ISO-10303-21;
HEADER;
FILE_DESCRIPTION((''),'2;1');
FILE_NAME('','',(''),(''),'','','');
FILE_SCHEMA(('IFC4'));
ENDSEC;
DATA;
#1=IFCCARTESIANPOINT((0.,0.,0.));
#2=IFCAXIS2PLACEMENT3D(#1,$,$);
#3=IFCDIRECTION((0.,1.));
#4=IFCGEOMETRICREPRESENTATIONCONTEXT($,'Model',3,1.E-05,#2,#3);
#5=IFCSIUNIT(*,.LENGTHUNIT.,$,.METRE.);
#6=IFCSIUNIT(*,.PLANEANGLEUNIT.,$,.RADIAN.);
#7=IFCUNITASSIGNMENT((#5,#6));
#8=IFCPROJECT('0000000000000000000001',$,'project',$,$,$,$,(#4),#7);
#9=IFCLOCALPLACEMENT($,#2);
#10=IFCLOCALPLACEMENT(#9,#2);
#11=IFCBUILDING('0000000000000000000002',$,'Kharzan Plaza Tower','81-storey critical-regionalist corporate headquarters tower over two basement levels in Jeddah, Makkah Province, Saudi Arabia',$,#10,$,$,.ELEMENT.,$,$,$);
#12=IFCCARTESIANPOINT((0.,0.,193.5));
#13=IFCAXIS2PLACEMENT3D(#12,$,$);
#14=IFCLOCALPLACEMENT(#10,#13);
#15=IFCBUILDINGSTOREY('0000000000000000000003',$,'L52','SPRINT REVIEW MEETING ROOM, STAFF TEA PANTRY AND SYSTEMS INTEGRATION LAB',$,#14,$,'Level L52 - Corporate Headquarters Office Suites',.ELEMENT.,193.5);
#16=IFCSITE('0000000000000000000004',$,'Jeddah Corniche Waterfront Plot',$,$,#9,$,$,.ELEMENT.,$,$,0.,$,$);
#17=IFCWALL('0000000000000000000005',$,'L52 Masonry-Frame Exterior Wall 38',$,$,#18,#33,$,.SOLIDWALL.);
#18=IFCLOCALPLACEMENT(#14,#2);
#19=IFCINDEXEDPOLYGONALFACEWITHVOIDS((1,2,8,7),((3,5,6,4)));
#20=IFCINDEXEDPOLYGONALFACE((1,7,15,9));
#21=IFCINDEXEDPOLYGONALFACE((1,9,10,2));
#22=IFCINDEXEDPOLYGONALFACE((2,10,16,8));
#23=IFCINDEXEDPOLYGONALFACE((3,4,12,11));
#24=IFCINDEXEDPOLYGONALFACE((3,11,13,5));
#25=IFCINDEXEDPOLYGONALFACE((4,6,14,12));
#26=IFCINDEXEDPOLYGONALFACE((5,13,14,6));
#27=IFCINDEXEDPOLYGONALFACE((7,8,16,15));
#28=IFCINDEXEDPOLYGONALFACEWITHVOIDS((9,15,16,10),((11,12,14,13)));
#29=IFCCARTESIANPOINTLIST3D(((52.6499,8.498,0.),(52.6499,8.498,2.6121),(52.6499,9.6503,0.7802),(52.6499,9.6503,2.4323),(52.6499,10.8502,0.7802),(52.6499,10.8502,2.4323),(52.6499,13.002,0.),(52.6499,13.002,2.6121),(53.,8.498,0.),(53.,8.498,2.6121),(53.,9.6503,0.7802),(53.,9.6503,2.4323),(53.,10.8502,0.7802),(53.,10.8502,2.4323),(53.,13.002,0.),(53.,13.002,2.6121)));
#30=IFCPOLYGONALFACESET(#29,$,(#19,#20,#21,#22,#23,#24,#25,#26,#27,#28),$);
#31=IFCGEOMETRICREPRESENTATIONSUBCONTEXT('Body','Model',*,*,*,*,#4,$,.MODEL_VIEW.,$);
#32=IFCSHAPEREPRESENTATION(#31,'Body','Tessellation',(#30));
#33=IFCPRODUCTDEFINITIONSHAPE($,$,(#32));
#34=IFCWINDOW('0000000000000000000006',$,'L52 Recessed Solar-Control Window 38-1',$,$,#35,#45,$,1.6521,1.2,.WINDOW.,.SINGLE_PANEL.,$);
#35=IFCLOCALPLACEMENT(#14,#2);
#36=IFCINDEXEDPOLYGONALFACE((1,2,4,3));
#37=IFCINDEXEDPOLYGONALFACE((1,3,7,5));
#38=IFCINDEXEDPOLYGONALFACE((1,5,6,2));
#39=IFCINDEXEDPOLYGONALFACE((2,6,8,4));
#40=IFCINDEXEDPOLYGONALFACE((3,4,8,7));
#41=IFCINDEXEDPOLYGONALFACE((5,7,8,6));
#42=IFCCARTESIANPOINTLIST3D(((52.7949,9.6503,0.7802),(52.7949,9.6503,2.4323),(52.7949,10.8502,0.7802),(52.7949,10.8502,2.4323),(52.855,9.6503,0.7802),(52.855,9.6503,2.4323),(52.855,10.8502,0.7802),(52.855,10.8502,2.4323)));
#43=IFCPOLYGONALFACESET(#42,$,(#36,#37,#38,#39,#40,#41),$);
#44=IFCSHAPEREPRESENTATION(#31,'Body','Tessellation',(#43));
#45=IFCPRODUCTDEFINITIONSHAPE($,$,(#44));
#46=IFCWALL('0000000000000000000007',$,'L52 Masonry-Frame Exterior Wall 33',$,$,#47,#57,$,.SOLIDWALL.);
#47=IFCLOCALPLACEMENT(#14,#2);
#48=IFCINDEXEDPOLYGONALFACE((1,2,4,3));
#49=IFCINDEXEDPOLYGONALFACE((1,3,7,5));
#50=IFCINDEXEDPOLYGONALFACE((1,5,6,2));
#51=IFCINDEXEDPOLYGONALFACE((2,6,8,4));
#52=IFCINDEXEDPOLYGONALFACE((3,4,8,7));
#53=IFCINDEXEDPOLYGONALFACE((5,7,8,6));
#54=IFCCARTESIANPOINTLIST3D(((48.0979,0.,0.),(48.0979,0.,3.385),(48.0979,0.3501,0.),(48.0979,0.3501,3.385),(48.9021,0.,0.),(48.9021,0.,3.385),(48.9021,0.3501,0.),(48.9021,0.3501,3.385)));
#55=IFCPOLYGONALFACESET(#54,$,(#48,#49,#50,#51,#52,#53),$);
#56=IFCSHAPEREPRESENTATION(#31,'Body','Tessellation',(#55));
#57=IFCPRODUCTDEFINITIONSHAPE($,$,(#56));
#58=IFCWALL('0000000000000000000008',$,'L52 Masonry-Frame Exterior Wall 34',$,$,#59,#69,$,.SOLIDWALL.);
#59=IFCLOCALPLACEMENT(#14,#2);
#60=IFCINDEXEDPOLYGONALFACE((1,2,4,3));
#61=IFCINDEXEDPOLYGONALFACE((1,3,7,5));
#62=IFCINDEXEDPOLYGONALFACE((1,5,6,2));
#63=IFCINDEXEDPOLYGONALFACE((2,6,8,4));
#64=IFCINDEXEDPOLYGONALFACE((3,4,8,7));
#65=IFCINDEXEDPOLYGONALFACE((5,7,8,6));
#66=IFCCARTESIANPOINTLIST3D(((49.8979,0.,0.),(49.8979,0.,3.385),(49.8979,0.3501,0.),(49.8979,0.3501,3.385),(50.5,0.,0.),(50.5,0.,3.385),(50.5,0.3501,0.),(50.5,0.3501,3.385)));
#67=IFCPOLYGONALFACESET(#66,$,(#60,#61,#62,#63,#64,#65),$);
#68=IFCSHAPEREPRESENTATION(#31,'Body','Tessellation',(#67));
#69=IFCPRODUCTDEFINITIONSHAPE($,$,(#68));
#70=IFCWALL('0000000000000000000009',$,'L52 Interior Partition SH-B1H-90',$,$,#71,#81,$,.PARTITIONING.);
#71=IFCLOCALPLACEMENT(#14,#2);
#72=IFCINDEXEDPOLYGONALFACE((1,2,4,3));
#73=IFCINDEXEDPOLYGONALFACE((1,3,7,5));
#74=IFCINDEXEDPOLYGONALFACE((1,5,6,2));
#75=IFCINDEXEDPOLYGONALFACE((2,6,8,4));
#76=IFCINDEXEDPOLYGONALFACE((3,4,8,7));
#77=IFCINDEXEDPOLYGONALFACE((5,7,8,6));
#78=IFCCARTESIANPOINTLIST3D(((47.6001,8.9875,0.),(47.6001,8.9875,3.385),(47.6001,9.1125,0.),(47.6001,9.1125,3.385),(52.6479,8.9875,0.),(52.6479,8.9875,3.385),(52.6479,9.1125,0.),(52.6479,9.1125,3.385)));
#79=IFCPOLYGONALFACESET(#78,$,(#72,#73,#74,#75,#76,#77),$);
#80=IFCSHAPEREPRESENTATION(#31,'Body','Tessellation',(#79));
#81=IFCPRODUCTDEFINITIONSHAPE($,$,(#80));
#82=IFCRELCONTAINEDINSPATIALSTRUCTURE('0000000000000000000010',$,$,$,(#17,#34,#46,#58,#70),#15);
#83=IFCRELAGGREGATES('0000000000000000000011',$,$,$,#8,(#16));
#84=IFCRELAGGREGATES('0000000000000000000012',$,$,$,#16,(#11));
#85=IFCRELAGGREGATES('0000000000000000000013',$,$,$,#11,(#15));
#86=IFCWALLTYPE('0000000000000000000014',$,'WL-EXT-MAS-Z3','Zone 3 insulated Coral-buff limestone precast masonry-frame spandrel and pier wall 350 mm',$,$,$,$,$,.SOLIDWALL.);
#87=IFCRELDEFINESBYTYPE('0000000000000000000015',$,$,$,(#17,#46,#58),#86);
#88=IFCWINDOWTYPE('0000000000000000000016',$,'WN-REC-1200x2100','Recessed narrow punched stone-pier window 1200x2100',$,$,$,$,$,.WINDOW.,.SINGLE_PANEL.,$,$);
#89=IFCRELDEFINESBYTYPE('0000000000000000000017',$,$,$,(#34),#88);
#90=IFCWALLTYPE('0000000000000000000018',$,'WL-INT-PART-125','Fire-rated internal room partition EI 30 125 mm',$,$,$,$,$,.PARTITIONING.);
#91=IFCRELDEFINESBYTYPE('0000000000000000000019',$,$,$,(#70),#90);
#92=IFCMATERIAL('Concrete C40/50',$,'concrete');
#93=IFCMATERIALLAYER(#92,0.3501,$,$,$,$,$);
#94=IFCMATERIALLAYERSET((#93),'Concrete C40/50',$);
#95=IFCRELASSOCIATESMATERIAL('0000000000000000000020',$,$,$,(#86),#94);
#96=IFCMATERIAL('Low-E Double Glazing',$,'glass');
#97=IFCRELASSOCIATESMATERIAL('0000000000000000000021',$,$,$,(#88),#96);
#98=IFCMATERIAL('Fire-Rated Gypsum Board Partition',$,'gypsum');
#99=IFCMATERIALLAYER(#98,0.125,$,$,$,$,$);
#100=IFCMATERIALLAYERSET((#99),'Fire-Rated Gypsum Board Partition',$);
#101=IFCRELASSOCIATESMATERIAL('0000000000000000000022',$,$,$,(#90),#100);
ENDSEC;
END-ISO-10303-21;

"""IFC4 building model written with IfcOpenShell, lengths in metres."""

from ifc_helpers import new_model, si_unit, direction, frame, frame_2d, origin, place, context, subcontext, project, spatial, rectangle, extrude, source, transform, mapped, material, layer, layer_set, type_object, element, fill, save


model = new_model("IFC4")

# Units and contexts
model_context = context("Model", 3, precision=1e-05, world=origin(), true_north=direction((0.0, 1.0)))
body_context = subcontext(model_context, "Body", "Model", "MODEL_VIEW")
ifc_project = project(units=[si_unit("LENGTHUNIT", "METRE"), si_unit("PLANEANGLEUNIT", "RADIAN")], contexts=[model_context])

# Site, building, storey
site_placement = place(None, origin())
site = spatial("IfcSite", under=ifc_project, at=site_placement, Name="Jeddah Corniche Waterfront Plot", CompositionType="ELEMENT", RefElevation=0.0)
building_placement = place(site_placement, origin())
building = spatial("IfcBuilding", under=site, at=building_placement, Name="Kharzan Plaza Tower", Description="81-storey critical-regionalist corporate headquarters tower over two basement levels in Jeddah, Makkah Province, Saudi Arabia", CompositionType="ELEMENT")
storey_placement = place(building_placement, frame((0.0, 0.0, 193.5)))
storey = spatial("IfcBuildingStorey", under=building, at=storey_placement, Name="L52", Description="SPRINT REVIEW MEETING ROOM, STAFF TEA PANTRY AND SYSTEMS INTEGRATION LAB", LongName="Level L52 - Corporate Headquarters Office Suites", CompositionType="ELEMENT", Elevation=193.5)

# Wall, opening, window
ifc_material_1 = material(Name="Concrete C40/50", Category="concrete")
ifc_layer_1 = layer(ifc_material_1, 0.3501)
ifc_layer_set_1 = layer_set([ifc_layer_1], Name="Concrete C40/50")
wall_type_1 = type_object("IfcWallType", Name="WL-EXT-MAS-Z3", Description="Zone 3 insulated Coral-buff limestone precast masonry-frame spandrel and pier wall 350 mm", PredefinedType="SOLIDWALL", material=ifc_layer_set_1)
ifc_material_2 = material(Name="Low-E Double Glazing", Category="glass")
window_type_1 = type_object("IfcWindowType", Name="WN-REC-1200x2100", Description="Recessed narrow punched stone-pier window 1200x2100", PartitioningType="SINGLE_PANEL", PredefinedType="WINDOW", material=ifc_material_2)
wall_1_placement = place(storey_placement, frame((52.825, 8.498, 0.0), z_axis=(0.0, 0.0, 1.0), x_axis=(0.0, 1.0, 0.0)))
wall_1 = element("IfcWall", 1, at=wall_1_placement, inside=storey, type_object=wall_type_1, Name="L52 Masonry-Frame Exterior Wall 38", PredefinedType="SOLIDWALL", context=body_context, shape_type="SweptSolid", body=[
    extrude(rectangle(XDim=4.5039, YDim=0.3501, at=frame_2d((2.252, 0.0))), origin(), (0.0, 0.0, 1.0), 2.6121),
])
opening_1_placement = place(wall_1_placement, frame((1.1521, 0.0, 0.78)))
opening_1 = element("IfcOpeningElement", 2, at=opening_1_placement, cuts=wall_1, PredefinedType="OPENING", context=body_context, shape_type="SweptSolid", body=[
    extrude(rectangle(XDim=1.2, YDim=1.6521, at=frame_2d((0.6001, 0.8262))), frame((0.0, 0.1851, 0.0), z_axis=(0.0, -1.0, 0.0), x_axis=(1.0, 0.0, 0.0)), (0.0, 0.0, 1.0), 0.3701),
])
shared_shape_1 = source(origin(), body_context, "Body", "SweptSolid", [
    extrude(rectangle(XDim=1.2, YDim=1.6521, at=frame_2d((0.6001, 0.8262))), frame((0.0, 0.03, 0.0), z_axis=(0.0, -1.0, 0.0), x_axis=(1.0, 0.0, 0.0)), (0.0, 0.0, 1.0), 0.0601),
])
window_1_placement = place(opening_1_placement, origin())
window_1 = element("IfcWindow", 3, at=window_1_placement, inside=storey, type_object=window_type_1, Name="L52 Recessed Solar-Control Window 38-1", OverallHeight=1.6521, OverallWidth=1.2, PartitioningType="SINGLE_PANEL", PredefinedType="WINDOW", context=body_context, shape_type="MappedRepresentation", body=[
    mapped(shared_shape_1, transform((0.0, 0.0, 0.0), x_axis=(1.0, 0.0, 0.0), y_axis=(0.0, 1.0, 0.0), z_axis=(0.0, 0.0, 1.0))),
])
fill(opening_1, window_1)

# Shared definitions
ifc_material_3 = material(Name="Fire-Rated Gypsum Board Partition", Category="gypsum")
ifc_layer_2 = layer(ifc_material_3, 0.125)
ifc_layer_set_2 = layer_set([ifc_layer_2], Name="Fire-Rated Gypsum Board Partition")
wall_type_2 = type_object("IfcWallType", Name="WL-INT-PART-125", Description="Fire-rated internal room partition EI 30 125 mm", PredefinedType="PARTITIONING", material=ifc_layer_set_2)

# Walls
shared_shape_2 = source(origin(), body_context, "Body", "SweptSolid", [
    extrude(rectangle(XDim=0.8042, YDim=0.3501, at=frame_2d((0.4021, 0.0))), origin(), (0.0, 0.0, 1.0), 3.385),
])
wall_2_placement = place(storey_placement, frame((48.0979, 0.175, 0.0), z_axis=(0.0, 0.0, 1.0), x_axis=(1.0, 0.0, 0.0)))
element("IfcWall", 4, at=wall_2_placement, inside=storey, type_object=wall_type_1, Name="L52 Masonry-Frame Exterior Wall 33", PredefinedType="SOLIDWALL", context=body_context, shape_type="MappedRepresentation", body=[
    mapped(shared_shape_2, transform((0.0, 0.0, 0.0), x_axis=(1.0, 0.0, 0.0), y_axis=(0.0, 1.0, 0.0), z_axis=(0.0, 0.0, 1.0))),
])
shared_shape_3 = source(origin(), body_context, "Body", "SweptSolid", [
    extrude(rectangle(XDim=0.6021, YDim=0.3501, at=frame_2d((0.301, 0.0))), origin(), (0.0, 0.0, 1.0), 3.385),
])
wall_3_placement = place(storey_placement, frame((49.8979, 0.175, 0.0), z_axis=(0.0, 0.0, 1.0), x_axis=(1.0, 0.0, 0.0)))
element("IfcWall", 5, at=wall_3_placement, inside=storey, type_object=wall_type_1, Name="L52 Masonry-Frame Exterior Wall 34", PredefinedType="SOLIDWALL", context=body_context, shape_type="MappedRepresentation", body=[
    mapped(shared_shape_3, transform((0.0, 0.0, 0.0), x_axis=(1.0, 0.0, 0.0), y_axis=(0.0, 1.0, 0.0), z_axis=(0.0, 0.0, 1.0))),
])
shared_shape_4 = source(origin(), body_context, "Body", "SweptSolid", [
    extrude(rectangle(XDim=5.0479, YDim=0.125, at=frame_2d((2.5239, 0.0))), origin(), (0.0, 0.0, 1.0), 3.385),
])
wall_4_placement = place(storey_placement, frame((47.6001, 9.05, 0.0), z_axis=(0.0, 0.0, 1.0), x_axis=(1.0, 0.0, 0.0)))
element("IfcWall", 6, at=wall_4_placement, inside=storey, type_object=wall_type_2, Name="L52 Interior Partition SH-B1H-90", PredefinedType="PARTITIONING", context=body_context, shape_type="MappedRepresentation", body=[
    mapped(shared_shape_4, transform((0.0, 0.0, 0.0), x_axis=(1.0, 0.0, 0.0), y_axis=(0.0, 1.0, 0.0), z_axis=(0.0, 0.0, 1.0))),
])

save(model, "model.ifc")
